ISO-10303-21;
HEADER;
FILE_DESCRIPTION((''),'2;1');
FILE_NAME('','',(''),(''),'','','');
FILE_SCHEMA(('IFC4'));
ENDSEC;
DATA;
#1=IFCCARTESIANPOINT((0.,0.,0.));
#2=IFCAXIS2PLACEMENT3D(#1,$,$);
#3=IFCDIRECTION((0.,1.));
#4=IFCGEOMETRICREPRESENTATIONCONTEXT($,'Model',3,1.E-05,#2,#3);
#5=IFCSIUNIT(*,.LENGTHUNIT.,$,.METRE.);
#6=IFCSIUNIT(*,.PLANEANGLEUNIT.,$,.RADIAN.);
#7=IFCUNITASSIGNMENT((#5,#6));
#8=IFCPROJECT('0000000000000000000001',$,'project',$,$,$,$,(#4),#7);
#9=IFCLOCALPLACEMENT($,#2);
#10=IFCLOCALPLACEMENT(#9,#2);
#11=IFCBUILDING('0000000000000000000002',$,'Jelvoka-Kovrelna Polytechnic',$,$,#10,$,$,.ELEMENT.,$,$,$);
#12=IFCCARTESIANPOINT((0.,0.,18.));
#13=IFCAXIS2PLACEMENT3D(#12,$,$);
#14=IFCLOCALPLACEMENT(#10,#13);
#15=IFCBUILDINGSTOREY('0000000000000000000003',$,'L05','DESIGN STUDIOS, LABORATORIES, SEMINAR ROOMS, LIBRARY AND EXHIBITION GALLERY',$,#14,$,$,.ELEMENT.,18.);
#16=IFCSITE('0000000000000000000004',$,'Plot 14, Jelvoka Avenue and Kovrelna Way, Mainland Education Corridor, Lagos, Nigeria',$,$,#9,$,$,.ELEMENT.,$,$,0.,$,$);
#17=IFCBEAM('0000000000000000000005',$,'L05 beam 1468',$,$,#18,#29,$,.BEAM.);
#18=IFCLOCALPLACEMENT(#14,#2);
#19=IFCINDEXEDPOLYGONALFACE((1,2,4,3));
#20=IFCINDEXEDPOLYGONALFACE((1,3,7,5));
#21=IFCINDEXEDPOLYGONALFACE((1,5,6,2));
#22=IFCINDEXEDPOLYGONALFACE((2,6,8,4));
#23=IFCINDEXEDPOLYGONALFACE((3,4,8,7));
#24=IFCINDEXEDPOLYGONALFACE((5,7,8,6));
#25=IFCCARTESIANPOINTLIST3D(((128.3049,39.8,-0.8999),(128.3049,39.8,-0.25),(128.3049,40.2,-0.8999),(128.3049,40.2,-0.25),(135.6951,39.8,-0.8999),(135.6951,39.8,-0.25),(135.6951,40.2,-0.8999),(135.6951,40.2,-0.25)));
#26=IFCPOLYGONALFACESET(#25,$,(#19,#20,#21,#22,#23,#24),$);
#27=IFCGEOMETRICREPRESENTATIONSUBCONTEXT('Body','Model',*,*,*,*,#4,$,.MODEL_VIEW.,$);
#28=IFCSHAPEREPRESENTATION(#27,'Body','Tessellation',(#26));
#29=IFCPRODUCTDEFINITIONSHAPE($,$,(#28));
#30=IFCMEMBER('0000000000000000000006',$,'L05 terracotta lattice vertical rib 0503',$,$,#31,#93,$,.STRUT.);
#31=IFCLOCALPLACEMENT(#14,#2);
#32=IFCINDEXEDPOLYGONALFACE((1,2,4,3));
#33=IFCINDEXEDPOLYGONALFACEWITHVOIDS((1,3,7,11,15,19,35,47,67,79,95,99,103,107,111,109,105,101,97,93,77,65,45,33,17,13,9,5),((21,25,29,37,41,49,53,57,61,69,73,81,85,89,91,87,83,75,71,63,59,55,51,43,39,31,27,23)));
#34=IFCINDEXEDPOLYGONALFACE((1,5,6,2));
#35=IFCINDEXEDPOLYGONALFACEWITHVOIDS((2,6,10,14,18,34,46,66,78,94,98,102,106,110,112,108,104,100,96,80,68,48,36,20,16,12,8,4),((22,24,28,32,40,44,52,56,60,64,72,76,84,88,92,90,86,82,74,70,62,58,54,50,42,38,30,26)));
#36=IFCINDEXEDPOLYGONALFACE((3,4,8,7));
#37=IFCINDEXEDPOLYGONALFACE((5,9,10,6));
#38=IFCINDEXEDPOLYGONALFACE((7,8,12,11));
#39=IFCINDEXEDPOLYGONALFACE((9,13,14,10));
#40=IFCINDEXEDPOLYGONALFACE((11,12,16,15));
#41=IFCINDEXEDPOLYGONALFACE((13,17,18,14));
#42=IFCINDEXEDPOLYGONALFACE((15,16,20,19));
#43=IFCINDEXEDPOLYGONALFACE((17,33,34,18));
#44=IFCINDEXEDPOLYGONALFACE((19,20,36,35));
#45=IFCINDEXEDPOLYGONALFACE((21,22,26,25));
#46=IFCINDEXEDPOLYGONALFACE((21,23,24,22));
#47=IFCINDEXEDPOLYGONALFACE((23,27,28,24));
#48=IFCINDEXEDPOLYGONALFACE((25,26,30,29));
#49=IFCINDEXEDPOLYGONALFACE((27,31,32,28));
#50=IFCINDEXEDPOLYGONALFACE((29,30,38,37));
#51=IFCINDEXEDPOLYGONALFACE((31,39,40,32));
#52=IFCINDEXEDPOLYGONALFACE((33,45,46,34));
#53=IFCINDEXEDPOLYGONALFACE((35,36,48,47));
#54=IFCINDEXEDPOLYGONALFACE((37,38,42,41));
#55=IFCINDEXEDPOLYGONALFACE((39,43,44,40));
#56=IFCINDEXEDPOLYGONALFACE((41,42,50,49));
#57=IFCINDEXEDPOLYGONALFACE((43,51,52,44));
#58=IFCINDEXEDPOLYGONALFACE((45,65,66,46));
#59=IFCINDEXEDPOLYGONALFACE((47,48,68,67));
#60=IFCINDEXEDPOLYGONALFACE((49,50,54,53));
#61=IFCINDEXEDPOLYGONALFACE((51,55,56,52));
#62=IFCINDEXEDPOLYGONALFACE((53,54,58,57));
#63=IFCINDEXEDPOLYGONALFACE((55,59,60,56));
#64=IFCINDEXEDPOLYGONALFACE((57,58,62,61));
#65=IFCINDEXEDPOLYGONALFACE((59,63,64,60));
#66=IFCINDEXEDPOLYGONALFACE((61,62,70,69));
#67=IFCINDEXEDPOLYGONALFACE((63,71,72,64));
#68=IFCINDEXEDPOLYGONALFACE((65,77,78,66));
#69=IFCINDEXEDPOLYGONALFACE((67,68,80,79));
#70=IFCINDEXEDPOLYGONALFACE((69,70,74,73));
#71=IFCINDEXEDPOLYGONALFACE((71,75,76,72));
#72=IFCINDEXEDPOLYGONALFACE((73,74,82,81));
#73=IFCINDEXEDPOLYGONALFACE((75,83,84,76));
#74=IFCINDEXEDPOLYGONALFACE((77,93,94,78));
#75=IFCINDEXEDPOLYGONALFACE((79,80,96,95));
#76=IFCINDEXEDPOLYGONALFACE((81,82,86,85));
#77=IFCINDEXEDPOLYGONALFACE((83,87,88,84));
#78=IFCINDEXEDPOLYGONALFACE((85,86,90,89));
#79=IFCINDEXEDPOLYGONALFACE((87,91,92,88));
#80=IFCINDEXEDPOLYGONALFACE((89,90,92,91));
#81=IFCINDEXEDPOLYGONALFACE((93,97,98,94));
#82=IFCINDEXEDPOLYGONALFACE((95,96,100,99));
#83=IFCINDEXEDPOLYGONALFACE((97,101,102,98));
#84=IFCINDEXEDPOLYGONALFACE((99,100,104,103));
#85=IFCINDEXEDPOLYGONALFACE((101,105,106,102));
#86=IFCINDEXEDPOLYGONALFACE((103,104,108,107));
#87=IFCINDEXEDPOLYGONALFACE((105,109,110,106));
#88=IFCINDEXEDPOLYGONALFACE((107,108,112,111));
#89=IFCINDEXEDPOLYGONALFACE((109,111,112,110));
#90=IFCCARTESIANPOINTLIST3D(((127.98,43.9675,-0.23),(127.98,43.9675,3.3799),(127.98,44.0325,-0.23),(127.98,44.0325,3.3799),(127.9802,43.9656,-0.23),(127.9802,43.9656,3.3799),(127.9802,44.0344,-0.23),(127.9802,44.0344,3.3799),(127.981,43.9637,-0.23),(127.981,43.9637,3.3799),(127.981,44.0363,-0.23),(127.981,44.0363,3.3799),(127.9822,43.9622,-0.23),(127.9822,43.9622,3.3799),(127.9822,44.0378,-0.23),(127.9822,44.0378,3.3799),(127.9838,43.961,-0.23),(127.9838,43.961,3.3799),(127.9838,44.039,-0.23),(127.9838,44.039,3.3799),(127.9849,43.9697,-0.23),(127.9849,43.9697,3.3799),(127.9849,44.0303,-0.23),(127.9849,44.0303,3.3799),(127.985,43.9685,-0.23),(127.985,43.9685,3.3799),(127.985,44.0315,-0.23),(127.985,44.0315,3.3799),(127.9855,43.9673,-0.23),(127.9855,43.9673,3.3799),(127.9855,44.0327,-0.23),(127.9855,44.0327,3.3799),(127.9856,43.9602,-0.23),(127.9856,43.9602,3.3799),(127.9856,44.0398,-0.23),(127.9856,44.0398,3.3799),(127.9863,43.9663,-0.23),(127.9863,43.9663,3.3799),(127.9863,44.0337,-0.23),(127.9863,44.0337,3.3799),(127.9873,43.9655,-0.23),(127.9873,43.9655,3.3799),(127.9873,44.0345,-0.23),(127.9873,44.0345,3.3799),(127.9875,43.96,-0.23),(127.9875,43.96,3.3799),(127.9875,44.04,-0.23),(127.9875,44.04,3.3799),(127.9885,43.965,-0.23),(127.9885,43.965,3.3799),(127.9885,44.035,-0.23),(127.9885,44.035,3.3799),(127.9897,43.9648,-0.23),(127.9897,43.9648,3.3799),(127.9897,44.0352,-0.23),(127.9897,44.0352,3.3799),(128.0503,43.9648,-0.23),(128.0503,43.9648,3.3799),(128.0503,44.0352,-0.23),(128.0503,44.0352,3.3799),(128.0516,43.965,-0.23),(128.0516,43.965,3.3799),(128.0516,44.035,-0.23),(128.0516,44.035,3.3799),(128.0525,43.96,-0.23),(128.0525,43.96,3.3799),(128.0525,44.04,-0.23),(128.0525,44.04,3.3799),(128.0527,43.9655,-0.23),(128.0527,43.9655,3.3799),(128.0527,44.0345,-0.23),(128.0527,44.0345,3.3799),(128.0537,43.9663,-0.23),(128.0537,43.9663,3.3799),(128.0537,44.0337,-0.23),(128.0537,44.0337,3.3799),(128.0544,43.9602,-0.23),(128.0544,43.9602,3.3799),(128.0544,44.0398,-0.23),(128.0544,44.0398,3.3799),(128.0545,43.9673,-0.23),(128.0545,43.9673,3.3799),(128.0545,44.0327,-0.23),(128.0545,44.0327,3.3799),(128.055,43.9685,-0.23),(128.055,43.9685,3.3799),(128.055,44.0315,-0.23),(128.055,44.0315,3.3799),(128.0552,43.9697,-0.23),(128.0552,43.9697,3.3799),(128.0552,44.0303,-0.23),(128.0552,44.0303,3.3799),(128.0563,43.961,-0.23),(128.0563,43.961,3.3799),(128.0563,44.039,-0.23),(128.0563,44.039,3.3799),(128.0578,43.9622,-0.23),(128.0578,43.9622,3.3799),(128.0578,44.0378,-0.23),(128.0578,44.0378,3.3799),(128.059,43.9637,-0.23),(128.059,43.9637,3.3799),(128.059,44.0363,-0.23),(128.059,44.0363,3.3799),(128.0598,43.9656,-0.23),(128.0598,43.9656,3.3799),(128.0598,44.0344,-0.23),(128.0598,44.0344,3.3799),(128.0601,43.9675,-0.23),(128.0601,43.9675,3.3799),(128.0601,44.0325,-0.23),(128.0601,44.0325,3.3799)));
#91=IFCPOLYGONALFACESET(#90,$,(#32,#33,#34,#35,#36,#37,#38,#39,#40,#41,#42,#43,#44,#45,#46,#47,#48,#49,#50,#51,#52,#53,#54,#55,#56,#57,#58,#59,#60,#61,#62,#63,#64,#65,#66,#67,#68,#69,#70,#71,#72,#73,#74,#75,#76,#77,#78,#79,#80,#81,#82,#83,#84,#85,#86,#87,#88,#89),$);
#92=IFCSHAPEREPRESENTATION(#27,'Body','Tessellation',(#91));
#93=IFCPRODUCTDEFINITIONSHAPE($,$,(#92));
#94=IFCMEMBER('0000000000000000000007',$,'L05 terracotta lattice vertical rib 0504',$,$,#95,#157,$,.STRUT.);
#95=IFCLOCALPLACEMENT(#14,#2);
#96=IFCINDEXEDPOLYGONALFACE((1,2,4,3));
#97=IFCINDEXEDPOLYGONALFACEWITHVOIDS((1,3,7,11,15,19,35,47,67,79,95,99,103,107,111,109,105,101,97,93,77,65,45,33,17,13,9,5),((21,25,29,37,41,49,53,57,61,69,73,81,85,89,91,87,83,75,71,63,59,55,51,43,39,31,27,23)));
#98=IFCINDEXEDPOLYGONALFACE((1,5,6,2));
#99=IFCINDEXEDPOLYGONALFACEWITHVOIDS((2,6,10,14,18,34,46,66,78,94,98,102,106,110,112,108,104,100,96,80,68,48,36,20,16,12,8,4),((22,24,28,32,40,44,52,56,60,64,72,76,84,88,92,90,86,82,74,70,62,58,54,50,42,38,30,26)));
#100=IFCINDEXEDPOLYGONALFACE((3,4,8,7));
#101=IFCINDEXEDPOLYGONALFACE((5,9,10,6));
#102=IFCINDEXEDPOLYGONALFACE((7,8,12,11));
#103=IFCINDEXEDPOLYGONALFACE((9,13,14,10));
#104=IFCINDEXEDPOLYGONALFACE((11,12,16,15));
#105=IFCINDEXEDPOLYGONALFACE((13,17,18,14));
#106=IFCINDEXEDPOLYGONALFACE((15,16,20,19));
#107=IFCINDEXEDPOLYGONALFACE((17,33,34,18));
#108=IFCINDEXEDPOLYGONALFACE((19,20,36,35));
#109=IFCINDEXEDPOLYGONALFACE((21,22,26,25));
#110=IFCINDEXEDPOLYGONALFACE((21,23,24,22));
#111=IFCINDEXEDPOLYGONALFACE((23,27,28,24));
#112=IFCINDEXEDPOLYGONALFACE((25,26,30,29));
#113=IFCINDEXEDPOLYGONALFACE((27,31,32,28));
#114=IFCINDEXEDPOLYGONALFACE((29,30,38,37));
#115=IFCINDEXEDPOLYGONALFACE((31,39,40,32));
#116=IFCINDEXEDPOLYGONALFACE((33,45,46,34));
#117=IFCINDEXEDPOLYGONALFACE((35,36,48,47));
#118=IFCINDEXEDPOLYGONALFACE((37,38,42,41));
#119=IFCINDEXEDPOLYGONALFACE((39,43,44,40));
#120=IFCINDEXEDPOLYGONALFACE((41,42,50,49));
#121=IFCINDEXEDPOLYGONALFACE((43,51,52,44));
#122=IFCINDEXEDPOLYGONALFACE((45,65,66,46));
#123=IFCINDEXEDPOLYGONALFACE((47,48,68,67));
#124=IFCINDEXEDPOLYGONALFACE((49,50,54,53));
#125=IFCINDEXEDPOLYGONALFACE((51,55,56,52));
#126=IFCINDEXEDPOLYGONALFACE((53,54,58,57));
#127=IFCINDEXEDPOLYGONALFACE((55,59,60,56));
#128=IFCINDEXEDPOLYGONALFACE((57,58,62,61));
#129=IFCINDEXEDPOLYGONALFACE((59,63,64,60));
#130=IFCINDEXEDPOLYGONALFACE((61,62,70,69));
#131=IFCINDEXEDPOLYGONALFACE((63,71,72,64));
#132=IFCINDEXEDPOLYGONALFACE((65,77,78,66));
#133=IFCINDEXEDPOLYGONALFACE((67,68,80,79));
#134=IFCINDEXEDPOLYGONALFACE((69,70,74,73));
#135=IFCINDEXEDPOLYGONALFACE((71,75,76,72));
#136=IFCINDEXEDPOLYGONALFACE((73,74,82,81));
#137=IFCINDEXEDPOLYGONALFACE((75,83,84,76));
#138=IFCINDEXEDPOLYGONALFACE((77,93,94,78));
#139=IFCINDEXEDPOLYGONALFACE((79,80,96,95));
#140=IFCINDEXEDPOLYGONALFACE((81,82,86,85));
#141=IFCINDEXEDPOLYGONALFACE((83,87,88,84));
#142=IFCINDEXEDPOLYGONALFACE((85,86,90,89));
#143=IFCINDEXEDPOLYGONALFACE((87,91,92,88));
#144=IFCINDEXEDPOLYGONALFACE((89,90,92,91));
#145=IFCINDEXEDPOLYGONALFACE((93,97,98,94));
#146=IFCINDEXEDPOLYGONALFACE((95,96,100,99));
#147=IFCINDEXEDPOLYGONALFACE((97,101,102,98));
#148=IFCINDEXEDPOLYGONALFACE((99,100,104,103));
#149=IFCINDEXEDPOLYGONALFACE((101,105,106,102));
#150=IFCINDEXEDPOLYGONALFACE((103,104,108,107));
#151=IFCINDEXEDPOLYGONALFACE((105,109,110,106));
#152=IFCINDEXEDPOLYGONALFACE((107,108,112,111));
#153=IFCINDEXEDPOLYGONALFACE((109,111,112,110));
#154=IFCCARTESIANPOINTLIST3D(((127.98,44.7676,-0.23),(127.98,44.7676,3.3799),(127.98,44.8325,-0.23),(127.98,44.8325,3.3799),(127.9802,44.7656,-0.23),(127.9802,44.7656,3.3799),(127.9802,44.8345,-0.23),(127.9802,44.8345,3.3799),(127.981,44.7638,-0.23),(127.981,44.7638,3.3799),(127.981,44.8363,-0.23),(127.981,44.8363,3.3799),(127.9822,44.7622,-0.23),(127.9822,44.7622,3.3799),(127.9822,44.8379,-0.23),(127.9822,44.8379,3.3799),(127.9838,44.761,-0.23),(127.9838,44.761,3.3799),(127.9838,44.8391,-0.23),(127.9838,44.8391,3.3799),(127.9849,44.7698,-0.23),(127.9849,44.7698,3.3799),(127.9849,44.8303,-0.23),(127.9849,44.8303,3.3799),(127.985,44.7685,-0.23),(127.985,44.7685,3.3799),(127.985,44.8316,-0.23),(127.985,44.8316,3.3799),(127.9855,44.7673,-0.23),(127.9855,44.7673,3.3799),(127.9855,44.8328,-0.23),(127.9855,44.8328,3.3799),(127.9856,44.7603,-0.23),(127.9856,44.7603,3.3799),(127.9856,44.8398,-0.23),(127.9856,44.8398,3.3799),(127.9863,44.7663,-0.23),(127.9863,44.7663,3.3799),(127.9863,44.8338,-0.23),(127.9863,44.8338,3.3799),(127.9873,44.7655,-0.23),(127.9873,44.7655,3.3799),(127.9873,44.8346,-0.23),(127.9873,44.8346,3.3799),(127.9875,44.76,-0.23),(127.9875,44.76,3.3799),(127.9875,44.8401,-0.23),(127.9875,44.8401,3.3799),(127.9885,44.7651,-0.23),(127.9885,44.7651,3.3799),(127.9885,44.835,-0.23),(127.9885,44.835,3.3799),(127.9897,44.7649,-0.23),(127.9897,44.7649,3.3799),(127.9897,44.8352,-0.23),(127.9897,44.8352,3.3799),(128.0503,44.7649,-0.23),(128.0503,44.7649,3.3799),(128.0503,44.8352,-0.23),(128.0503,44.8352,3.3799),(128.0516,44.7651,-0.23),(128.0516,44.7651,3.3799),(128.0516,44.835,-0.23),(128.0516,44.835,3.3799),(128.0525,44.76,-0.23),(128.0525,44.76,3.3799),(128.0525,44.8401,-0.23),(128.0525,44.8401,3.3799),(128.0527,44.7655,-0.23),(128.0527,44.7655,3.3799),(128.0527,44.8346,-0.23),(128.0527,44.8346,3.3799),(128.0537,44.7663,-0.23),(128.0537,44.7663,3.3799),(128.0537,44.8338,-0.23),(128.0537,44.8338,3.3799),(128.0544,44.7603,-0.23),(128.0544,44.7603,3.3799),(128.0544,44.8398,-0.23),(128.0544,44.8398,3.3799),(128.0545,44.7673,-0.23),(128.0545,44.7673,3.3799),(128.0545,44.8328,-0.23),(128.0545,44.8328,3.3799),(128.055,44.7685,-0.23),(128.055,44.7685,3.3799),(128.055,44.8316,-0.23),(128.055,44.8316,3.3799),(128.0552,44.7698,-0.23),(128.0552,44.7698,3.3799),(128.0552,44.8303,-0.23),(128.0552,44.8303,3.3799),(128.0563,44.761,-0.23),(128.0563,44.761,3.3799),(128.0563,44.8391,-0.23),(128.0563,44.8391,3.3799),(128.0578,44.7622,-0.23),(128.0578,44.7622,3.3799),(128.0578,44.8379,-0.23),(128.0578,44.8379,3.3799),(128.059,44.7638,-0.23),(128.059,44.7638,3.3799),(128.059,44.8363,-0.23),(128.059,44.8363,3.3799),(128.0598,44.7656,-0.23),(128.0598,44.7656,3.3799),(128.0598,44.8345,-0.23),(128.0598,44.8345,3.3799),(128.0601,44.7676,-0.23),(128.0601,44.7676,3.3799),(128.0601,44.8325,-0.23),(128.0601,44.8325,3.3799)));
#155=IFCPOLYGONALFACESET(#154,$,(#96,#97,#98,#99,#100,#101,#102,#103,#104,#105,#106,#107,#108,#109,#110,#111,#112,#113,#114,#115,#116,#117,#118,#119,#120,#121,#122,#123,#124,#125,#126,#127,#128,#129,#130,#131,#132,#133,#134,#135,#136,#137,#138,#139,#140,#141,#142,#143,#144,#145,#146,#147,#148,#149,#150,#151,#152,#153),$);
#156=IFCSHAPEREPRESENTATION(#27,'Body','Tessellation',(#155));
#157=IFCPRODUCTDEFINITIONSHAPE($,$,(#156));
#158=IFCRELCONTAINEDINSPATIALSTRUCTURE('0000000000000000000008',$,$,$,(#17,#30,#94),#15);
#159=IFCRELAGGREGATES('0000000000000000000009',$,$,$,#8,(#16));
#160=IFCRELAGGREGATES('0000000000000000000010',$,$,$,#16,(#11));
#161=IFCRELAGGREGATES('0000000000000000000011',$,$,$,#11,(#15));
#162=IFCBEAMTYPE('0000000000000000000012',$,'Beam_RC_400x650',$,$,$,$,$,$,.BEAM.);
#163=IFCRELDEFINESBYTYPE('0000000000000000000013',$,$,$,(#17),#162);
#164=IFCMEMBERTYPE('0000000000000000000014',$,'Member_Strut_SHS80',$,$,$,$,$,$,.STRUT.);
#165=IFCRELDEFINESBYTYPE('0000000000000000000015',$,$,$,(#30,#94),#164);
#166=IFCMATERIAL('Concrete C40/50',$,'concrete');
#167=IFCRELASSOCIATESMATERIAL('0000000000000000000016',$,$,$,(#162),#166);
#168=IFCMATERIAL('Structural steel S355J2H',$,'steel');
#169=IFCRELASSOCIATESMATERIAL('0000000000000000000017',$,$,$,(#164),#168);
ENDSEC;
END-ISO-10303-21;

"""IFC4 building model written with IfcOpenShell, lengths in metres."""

from ifc_helpers import new_model, si_unit, direction, frame, origin, origin_2d, place, context, subcontext, project, spatial, rectangle, hollow_rectangle, extrude, material, material_profile, profile_set, type_object, element, save


model = new_model("IFC4")

# Units and contexts
model_context = context("Model", 3, precision=1e-05, world=origin(), true_north=direction((0.0, 1.0)))
body_context = subcontext(model_context, "Body", "Model", "MODEL_VIEW")
ifc_project = project(units=[si_unit("LENGTHUNIT", "METRE"), si_unit("PLANEANGLEUNIT", "RADIAN")], contexts=[model_context])

# Site, building, storey
site_placement = place(None, origin())
site = spatial("IfcSite", under=ifc_project, at=site_placement, Name="Plot 14, Jelvoka Avenue and Kovrelna Way, Mainland Education Corridor, Lagos, Nigeria", CompositionType="ELEMENT", RefElevation=0.0)
building_placement = place(site_placement, origin())
building = spatial("IfcBuilding", under=site, at=building_placement, Name="Jelvoka-Kovrelna Polytechnic", CompositionType="ELEMENT")
storey_placement = place(building_placement, frame((0.0, 0.0, 18.0)))
storey = spatial("IfcBuildingStorey", under=building, at=storey_placement, Name="L05", Description="DESIGN STUDIOS, LABORATORIES, SEMINAR ROOMS, LIBRARY AND EXHIBITION GALLERY", CompositionType="ELEMENT", Elevation=18.0)

# Beam
ifc_material_1 = material(Name="Concrete C40/50", Category="concrete")
ifc_material_profile_1 = material_profile(ifc_material_1, rectangle(XDim=0.3999, YDim=0.6499, at=origin_2d()), Name="RC 400x650")
ifc_profile_set_1 = profile_set([ifc_material_profile_1], Name="Concrete C40/50")
beam_type = type_object("IfcBeamType", Name="Beam_RC_400x650", PredefinedType="BEAM", material=ifc_profile_set_1)
beam_placement = place(storey_placement, frame((128.3049, 40.0, -0.575), z_axis=(1.0, 0.0, 0.0), x_axis=(0.0, 1.0, 0.0)))
element("IfcBeam", 1, at=beam_placement, inside=storey, type_object=beam_type, Name="L05 beam 1468", PredefinedType="BEAM", context=body_context, shape_type="SweptSolid", body=[
    extrude(rectangle(XDim=0.3999, YDim=0.6499, at=origin_2d()), origin(), (0.0, 0.0, 1.0), 7.3901),
])

# Members
ifc_material_2 = material(Name="Structural steel S355J2H", Category="steel")
ifc_material_profile_2 = material_profile(ifc_material_2, hollow_rectangle(XDim=0.0801, YDim=0.0801, WallThickness=0.0049, InnerFilletRadius=0.0049, OuterFilletRadius=0.0076, at=origin_2d()), Name="80x80x5.0 SHS")
ifc_profile_set_2 = profile_set([ifc_material_profile_2], Name="Structural steel S355J2H")
member_type = type_object("IfcMemberType", Name="Member_Strut_SHS80", PredefinedType="STRUT", material=ifc_profile_set_2)
for number, where, z_axis, x_axis, name in (
    (2, (128.02, 44.0, -0.23), (0.0, 0.0, 1.0), (1.0, 0.0, 0.0), "L05 terracotta lattice vertical rib 0503"),
    (3, (128.02, 44.8, -0.23), (0.0, 0.0, 1.0), (1.0, 0.0, 0.0), "L05 terracotta lattice vertical rib 0504"),
):
    element("IfcMember", number, at=place(storey_placement, frame(where, z_axis=z_axis, x_axis=x_axis)), inside=storey, type_object=member_type, Name=name, PredefinedType="STRUT", context=body_context, shape_type="SweptSolid", body=[
        extrude(hollow_rectangle(XDim=0.0801, YDim=0.0801, WallThickness=0.0049, InnerFilletRadius=0.0049, OuterFilletRadius=0.0076, at=origin_2d()), origin(), (0.0, 0.0, 1.0), 3.6099),
    ])

save(model, "model.ifc")
